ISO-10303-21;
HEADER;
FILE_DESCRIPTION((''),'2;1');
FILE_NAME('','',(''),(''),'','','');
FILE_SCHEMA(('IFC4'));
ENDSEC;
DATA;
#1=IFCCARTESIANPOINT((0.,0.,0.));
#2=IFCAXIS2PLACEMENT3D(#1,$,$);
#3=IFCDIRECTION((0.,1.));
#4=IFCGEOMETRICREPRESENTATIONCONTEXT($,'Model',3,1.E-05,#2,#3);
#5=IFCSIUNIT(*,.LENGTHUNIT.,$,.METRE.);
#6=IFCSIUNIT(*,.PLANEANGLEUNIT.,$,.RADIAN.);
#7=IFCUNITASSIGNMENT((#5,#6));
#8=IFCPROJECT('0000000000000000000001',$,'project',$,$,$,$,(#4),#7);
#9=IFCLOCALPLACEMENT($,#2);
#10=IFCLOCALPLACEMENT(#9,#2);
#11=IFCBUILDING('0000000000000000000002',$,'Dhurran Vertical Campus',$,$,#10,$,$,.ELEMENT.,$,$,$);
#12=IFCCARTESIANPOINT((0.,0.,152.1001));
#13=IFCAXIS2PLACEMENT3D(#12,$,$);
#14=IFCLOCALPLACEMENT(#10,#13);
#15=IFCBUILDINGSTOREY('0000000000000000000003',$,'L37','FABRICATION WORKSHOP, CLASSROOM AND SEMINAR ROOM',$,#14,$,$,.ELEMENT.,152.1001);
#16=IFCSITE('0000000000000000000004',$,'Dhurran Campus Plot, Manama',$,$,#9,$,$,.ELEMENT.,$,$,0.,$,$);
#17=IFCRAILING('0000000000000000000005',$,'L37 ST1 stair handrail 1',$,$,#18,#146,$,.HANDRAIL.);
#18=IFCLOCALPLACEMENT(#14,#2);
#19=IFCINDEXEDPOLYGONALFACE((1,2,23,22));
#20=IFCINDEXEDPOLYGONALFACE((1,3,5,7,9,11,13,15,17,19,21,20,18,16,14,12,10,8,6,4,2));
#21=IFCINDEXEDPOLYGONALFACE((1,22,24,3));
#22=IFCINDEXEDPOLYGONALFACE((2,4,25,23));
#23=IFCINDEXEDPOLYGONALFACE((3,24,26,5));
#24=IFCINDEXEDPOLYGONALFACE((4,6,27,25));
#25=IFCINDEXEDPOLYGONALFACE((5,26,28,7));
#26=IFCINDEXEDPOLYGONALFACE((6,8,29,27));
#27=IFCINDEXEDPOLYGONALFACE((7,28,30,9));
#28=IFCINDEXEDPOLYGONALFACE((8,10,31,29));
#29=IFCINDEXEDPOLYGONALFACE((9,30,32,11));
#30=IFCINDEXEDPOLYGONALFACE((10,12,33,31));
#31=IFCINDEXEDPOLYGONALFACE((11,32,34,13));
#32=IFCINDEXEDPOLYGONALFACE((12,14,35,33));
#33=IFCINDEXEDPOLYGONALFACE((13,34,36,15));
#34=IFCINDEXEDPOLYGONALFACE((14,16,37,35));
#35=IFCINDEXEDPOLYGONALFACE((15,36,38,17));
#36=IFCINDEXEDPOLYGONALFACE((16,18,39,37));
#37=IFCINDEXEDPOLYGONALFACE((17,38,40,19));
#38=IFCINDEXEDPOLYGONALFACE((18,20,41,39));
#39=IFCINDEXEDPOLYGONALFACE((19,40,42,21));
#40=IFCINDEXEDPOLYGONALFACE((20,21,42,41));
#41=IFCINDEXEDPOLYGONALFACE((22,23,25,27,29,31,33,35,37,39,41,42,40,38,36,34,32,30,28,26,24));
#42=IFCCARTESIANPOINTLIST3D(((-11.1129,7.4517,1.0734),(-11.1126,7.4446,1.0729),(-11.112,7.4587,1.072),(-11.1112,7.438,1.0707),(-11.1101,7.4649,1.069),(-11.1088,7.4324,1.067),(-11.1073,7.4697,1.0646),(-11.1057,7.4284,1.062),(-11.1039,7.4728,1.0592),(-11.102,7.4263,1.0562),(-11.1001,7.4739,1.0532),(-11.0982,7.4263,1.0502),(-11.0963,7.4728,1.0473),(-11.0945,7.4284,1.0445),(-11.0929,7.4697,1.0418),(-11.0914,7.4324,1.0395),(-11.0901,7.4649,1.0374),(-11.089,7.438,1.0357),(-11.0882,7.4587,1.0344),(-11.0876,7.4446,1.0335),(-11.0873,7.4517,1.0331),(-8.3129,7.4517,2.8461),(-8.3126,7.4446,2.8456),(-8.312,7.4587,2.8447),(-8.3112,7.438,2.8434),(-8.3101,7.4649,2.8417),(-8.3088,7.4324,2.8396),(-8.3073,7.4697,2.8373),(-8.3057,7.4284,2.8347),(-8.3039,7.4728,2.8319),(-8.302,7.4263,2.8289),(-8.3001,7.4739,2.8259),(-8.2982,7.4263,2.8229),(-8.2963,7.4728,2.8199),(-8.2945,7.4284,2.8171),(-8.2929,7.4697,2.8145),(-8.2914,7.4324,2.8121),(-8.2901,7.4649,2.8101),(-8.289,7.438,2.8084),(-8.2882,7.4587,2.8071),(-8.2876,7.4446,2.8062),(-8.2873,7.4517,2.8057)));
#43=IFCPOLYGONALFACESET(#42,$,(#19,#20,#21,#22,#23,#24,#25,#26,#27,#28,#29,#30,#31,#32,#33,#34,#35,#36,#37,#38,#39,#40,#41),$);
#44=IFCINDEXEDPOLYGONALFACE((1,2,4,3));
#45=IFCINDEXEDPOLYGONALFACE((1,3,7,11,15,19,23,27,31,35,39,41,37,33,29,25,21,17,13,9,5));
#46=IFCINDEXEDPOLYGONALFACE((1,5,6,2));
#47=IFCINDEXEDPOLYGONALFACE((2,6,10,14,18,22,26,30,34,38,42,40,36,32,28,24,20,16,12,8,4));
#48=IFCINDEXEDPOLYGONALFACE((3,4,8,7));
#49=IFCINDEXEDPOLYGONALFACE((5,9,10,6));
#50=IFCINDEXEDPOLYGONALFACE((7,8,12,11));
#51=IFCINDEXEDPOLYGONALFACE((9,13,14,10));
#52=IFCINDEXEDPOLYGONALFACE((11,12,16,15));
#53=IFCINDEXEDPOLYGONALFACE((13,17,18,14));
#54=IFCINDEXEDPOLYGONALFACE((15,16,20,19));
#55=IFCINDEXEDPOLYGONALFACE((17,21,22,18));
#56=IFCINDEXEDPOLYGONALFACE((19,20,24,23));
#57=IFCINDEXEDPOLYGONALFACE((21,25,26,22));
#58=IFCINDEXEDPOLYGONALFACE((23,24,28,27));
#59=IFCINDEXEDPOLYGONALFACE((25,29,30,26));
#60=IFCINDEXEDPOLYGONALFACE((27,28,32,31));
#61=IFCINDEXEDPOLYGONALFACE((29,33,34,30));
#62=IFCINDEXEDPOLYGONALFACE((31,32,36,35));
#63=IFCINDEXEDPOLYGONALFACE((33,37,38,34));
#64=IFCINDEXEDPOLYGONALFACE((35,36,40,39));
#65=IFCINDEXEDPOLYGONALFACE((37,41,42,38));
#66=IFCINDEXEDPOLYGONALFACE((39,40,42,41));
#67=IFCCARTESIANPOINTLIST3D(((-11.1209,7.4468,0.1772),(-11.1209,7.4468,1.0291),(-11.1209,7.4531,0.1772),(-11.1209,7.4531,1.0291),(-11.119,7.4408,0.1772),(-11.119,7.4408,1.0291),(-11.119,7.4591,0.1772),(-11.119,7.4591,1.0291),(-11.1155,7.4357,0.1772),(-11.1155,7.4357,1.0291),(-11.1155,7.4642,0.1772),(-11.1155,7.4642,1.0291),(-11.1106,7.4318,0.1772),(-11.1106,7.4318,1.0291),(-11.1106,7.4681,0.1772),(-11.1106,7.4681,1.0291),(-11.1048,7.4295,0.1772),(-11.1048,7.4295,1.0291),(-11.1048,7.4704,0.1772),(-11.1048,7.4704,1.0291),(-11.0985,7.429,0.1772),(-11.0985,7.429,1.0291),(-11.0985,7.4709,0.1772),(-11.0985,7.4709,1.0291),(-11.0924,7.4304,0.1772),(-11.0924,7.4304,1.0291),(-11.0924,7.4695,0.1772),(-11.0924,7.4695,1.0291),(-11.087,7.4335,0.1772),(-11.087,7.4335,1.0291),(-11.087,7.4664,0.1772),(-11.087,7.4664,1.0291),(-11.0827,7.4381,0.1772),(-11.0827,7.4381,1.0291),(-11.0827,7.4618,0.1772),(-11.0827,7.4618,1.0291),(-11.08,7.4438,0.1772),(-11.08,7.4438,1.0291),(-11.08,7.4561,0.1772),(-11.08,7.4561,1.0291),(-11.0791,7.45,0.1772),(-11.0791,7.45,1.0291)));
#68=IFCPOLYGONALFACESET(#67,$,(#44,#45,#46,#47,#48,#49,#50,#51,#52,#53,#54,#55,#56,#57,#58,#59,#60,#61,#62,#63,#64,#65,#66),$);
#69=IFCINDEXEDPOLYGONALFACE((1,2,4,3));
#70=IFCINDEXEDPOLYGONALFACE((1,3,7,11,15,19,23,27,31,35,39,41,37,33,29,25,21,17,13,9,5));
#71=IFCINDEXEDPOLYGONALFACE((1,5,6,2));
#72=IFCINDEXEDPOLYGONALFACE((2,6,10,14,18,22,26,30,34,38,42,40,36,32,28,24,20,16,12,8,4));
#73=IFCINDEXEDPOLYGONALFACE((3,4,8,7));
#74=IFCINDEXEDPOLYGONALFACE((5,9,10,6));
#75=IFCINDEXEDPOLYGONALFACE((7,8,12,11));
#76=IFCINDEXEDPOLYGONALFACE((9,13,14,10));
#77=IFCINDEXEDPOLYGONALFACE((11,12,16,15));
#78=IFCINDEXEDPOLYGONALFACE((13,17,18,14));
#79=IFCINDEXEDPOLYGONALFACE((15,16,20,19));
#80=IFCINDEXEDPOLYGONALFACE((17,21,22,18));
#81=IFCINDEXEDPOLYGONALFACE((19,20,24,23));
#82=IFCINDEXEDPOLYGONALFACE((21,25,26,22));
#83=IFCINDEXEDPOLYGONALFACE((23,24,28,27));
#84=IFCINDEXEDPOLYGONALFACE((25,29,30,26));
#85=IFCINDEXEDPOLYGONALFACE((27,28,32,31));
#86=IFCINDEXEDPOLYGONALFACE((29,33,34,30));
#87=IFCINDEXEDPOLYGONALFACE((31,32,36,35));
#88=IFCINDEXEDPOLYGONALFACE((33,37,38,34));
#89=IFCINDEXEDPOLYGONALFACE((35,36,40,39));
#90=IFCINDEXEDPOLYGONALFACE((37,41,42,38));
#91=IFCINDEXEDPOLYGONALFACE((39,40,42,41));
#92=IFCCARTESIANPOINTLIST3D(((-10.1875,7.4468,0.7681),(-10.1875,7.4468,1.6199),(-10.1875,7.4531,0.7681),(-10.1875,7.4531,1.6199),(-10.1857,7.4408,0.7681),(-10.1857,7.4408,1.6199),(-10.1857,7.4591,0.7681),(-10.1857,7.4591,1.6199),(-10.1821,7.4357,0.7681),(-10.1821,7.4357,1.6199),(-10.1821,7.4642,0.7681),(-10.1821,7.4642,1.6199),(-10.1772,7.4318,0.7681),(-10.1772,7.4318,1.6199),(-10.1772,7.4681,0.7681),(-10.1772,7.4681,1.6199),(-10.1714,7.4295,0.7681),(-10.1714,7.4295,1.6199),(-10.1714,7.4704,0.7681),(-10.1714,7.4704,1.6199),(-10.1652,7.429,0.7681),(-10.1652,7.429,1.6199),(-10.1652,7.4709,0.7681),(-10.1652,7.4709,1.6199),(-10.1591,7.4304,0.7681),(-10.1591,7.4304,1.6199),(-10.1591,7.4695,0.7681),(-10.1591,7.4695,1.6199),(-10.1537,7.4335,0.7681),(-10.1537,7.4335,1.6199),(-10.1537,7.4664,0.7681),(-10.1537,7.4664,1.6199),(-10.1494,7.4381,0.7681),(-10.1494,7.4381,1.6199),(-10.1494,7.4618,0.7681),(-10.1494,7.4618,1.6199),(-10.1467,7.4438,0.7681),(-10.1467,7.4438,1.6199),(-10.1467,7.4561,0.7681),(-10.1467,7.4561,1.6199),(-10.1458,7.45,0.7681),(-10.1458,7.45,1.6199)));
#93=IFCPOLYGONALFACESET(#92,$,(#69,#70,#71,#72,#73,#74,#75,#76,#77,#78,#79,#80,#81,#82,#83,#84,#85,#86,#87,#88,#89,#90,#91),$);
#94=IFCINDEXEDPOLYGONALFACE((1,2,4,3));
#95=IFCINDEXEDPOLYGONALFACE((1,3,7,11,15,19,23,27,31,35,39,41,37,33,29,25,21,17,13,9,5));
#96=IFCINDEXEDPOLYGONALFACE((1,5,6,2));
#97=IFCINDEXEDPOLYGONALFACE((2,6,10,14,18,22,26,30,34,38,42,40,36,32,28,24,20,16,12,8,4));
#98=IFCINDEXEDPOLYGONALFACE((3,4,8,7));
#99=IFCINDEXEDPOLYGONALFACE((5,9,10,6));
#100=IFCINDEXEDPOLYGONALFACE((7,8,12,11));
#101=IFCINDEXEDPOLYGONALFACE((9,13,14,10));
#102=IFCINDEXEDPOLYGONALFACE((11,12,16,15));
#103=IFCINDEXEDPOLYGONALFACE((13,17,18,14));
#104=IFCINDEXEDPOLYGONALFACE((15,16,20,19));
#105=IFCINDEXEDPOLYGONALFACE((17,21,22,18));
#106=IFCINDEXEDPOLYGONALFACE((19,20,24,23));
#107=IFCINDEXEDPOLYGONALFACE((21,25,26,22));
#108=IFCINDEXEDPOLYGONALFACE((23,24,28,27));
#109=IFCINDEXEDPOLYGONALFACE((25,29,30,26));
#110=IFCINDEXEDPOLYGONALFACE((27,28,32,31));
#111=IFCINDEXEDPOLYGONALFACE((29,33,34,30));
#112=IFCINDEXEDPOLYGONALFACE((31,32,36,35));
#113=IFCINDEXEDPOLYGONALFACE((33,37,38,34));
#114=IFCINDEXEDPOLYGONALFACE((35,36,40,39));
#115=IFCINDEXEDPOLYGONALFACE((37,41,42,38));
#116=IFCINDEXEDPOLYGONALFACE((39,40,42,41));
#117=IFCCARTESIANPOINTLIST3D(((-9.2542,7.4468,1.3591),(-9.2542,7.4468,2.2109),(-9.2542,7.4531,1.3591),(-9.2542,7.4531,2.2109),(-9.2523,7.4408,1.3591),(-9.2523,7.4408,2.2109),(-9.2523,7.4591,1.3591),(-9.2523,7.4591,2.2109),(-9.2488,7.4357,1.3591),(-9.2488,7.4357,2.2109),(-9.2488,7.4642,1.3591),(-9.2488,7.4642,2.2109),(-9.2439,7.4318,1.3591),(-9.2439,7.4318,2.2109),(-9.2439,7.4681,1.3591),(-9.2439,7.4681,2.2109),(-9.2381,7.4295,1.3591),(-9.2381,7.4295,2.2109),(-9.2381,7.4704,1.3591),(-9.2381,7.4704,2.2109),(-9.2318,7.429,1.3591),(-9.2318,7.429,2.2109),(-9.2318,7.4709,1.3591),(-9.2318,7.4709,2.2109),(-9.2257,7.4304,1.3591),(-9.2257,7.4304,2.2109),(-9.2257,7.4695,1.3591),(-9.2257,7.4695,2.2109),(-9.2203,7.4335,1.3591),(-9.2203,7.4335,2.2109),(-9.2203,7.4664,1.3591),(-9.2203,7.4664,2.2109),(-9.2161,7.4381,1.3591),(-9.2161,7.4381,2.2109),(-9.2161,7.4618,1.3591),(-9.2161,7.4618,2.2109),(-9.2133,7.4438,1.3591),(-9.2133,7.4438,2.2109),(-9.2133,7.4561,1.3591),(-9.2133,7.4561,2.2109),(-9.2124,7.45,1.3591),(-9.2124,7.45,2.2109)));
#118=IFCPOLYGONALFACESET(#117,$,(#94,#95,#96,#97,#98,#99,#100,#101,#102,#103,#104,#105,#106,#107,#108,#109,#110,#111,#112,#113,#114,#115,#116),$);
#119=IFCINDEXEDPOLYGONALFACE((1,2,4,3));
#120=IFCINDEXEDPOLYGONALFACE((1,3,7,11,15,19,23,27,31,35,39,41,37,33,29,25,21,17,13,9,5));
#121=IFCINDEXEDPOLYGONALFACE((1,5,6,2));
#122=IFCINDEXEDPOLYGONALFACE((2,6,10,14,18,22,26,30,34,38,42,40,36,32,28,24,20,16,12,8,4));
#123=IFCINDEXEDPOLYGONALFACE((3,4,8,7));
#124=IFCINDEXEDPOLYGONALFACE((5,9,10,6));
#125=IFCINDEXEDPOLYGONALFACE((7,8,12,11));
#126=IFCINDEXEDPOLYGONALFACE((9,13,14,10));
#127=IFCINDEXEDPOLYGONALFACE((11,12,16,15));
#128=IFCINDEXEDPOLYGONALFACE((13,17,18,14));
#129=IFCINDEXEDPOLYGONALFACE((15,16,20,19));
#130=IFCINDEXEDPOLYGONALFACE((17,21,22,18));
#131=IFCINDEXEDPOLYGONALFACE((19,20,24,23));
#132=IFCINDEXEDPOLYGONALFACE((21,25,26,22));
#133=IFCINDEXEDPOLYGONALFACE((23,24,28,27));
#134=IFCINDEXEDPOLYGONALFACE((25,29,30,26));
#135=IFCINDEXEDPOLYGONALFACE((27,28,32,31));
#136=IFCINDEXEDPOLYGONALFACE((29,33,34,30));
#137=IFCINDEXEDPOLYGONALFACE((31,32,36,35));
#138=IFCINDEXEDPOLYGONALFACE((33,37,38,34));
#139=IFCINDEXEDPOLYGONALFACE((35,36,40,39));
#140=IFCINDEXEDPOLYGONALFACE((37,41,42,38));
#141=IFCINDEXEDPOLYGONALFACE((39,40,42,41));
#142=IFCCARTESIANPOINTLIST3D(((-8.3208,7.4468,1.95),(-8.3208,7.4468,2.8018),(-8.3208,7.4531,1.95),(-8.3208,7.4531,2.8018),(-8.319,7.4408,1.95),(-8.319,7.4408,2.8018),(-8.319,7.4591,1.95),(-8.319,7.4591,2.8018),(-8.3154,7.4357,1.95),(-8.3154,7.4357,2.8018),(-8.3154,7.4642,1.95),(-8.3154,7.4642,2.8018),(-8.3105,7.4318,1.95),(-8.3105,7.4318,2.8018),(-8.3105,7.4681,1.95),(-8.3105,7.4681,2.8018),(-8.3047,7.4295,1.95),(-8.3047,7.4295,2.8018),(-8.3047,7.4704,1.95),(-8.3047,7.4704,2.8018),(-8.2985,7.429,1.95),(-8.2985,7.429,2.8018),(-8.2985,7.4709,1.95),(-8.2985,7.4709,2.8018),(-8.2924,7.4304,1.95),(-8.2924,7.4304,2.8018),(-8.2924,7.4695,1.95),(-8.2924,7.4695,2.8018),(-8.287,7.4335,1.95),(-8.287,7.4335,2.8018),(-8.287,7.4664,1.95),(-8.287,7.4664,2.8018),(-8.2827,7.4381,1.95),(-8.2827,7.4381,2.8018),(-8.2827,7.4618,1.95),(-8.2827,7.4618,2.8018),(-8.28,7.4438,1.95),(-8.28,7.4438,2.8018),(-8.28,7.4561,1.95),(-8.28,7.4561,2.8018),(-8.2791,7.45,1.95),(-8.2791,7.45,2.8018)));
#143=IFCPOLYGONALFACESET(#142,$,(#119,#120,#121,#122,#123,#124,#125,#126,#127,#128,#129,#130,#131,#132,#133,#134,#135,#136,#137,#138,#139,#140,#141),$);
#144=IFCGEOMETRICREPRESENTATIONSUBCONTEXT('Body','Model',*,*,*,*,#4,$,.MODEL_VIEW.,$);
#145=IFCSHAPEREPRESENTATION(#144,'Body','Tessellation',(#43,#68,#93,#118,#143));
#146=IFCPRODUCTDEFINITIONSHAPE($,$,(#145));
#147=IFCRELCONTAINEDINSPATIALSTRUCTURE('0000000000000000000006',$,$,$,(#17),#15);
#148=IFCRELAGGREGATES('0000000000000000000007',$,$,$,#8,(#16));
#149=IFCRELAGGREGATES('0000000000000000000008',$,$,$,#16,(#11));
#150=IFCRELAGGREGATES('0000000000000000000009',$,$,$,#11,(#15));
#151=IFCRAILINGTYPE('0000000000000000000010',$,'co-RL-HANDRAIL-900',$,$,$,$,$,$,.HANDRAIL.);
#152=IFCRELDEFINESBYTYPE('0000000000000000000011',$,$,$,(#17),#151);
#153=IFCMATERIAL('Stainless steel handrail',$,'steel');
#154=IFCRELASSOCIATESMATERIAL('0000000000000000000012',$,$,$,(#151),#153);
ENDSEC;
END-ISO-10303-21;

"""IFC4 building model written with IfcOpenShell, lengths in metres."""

from ifc_helpers import new_model, si_unit, direction, frame, origin, origin_2d, place, context, subcontext, project, spatial, circle, extrude, material, type_object, element, save


model = new_model("IFC4")

# Units and contexts
model_context = context("Model", 3, precision=1e-05, world=origin(), true_north=direction((0.0, 1.0)))
body_context = subcontext(model_context, "Body", "Model", "MODEL_VIEW")
ifc_project = project(units=[si_unit("LENGTHUNIT", "METRE"), si_unit("PLANEANGLEUNIT", "RADIAN")], contexts=[model_context])

# Site, building, storey
site_placement = place(None, origin())
site = spatial("IfcSite", under=ifc_project, at=site_placement, Name="Dhurran Campus Plot, Manama", CompositionType="ELEMENT", RefElevation=0.0)
building_placement = place(site_placement, origin())
building = spatial("IfcBuilding", under=site, at=building_placement, Name="Dhurran Vertical Campus", CompositionType="ELEMENT")
storey_placement = place(building_placement, frame((0.0, 0.0, 152.1001)))
storey = spatial("IfcBuildingStorey", under=building, at=storey_placement, Name="L37", Description="FABRICATION WORKSHOP, CLASSROOM AND SEMINAR ROOM", CompositionType="ELEMENT", Elevation=152.1001)

# Railing
ifc_material_1 = material(Name="Stainless steel handrail", Category="steel")
railing_type_1 = type_object("IfcRailingType", Name="co-RL-HANDRAIL-900", PredefinedType="HANDRAIL", material=ifc_material_1)
railing_1_placement = place(storey_placement, frame((-11.1001, 7.45, 0.1772)))
element("IfcRailing", 1, at=railing_1_placement, inside=storey, type_object=railing_type_1, Name="L37 ST1 stair handrail 1", PredefinedType="HANDRAIL", context=body_context, shape_type="SweptSolid", body=[
    extrude(circle(Radius=0.0239, at=origin_2d()), frame((0.0, 0.0, 0.876), z_axis=(0.844909, 0.0, 0.53491), x_axis=(0.0, 1.0, 0.0)), (0.0, 0.0, 1.0), 3.314),
    extrude(circle(Radius=0.021, at=origin_2d()), origin(), (0.0, 0.0, 1.0), 0.8518),
    extrude(circle(Radius=0.021, at=origin_2d()), frame((0.9333, 0.0, 0.5908)), (0.0, 0.0, 1.0), 0.8518),
    extrude(circle(Radius=0.021, at=origin_2d()), frame((1.8667, 0.0, 1.1819)), (0.0, 0.0, 1.0), 0.8518),
    extrude(circle(Radius=0.021, at=origin_2d()), frame((2.8, 0.0, 1.7727)), (0.0, 0.0, 1.0), 0.8518),
])

save(model, "model.ifc")
